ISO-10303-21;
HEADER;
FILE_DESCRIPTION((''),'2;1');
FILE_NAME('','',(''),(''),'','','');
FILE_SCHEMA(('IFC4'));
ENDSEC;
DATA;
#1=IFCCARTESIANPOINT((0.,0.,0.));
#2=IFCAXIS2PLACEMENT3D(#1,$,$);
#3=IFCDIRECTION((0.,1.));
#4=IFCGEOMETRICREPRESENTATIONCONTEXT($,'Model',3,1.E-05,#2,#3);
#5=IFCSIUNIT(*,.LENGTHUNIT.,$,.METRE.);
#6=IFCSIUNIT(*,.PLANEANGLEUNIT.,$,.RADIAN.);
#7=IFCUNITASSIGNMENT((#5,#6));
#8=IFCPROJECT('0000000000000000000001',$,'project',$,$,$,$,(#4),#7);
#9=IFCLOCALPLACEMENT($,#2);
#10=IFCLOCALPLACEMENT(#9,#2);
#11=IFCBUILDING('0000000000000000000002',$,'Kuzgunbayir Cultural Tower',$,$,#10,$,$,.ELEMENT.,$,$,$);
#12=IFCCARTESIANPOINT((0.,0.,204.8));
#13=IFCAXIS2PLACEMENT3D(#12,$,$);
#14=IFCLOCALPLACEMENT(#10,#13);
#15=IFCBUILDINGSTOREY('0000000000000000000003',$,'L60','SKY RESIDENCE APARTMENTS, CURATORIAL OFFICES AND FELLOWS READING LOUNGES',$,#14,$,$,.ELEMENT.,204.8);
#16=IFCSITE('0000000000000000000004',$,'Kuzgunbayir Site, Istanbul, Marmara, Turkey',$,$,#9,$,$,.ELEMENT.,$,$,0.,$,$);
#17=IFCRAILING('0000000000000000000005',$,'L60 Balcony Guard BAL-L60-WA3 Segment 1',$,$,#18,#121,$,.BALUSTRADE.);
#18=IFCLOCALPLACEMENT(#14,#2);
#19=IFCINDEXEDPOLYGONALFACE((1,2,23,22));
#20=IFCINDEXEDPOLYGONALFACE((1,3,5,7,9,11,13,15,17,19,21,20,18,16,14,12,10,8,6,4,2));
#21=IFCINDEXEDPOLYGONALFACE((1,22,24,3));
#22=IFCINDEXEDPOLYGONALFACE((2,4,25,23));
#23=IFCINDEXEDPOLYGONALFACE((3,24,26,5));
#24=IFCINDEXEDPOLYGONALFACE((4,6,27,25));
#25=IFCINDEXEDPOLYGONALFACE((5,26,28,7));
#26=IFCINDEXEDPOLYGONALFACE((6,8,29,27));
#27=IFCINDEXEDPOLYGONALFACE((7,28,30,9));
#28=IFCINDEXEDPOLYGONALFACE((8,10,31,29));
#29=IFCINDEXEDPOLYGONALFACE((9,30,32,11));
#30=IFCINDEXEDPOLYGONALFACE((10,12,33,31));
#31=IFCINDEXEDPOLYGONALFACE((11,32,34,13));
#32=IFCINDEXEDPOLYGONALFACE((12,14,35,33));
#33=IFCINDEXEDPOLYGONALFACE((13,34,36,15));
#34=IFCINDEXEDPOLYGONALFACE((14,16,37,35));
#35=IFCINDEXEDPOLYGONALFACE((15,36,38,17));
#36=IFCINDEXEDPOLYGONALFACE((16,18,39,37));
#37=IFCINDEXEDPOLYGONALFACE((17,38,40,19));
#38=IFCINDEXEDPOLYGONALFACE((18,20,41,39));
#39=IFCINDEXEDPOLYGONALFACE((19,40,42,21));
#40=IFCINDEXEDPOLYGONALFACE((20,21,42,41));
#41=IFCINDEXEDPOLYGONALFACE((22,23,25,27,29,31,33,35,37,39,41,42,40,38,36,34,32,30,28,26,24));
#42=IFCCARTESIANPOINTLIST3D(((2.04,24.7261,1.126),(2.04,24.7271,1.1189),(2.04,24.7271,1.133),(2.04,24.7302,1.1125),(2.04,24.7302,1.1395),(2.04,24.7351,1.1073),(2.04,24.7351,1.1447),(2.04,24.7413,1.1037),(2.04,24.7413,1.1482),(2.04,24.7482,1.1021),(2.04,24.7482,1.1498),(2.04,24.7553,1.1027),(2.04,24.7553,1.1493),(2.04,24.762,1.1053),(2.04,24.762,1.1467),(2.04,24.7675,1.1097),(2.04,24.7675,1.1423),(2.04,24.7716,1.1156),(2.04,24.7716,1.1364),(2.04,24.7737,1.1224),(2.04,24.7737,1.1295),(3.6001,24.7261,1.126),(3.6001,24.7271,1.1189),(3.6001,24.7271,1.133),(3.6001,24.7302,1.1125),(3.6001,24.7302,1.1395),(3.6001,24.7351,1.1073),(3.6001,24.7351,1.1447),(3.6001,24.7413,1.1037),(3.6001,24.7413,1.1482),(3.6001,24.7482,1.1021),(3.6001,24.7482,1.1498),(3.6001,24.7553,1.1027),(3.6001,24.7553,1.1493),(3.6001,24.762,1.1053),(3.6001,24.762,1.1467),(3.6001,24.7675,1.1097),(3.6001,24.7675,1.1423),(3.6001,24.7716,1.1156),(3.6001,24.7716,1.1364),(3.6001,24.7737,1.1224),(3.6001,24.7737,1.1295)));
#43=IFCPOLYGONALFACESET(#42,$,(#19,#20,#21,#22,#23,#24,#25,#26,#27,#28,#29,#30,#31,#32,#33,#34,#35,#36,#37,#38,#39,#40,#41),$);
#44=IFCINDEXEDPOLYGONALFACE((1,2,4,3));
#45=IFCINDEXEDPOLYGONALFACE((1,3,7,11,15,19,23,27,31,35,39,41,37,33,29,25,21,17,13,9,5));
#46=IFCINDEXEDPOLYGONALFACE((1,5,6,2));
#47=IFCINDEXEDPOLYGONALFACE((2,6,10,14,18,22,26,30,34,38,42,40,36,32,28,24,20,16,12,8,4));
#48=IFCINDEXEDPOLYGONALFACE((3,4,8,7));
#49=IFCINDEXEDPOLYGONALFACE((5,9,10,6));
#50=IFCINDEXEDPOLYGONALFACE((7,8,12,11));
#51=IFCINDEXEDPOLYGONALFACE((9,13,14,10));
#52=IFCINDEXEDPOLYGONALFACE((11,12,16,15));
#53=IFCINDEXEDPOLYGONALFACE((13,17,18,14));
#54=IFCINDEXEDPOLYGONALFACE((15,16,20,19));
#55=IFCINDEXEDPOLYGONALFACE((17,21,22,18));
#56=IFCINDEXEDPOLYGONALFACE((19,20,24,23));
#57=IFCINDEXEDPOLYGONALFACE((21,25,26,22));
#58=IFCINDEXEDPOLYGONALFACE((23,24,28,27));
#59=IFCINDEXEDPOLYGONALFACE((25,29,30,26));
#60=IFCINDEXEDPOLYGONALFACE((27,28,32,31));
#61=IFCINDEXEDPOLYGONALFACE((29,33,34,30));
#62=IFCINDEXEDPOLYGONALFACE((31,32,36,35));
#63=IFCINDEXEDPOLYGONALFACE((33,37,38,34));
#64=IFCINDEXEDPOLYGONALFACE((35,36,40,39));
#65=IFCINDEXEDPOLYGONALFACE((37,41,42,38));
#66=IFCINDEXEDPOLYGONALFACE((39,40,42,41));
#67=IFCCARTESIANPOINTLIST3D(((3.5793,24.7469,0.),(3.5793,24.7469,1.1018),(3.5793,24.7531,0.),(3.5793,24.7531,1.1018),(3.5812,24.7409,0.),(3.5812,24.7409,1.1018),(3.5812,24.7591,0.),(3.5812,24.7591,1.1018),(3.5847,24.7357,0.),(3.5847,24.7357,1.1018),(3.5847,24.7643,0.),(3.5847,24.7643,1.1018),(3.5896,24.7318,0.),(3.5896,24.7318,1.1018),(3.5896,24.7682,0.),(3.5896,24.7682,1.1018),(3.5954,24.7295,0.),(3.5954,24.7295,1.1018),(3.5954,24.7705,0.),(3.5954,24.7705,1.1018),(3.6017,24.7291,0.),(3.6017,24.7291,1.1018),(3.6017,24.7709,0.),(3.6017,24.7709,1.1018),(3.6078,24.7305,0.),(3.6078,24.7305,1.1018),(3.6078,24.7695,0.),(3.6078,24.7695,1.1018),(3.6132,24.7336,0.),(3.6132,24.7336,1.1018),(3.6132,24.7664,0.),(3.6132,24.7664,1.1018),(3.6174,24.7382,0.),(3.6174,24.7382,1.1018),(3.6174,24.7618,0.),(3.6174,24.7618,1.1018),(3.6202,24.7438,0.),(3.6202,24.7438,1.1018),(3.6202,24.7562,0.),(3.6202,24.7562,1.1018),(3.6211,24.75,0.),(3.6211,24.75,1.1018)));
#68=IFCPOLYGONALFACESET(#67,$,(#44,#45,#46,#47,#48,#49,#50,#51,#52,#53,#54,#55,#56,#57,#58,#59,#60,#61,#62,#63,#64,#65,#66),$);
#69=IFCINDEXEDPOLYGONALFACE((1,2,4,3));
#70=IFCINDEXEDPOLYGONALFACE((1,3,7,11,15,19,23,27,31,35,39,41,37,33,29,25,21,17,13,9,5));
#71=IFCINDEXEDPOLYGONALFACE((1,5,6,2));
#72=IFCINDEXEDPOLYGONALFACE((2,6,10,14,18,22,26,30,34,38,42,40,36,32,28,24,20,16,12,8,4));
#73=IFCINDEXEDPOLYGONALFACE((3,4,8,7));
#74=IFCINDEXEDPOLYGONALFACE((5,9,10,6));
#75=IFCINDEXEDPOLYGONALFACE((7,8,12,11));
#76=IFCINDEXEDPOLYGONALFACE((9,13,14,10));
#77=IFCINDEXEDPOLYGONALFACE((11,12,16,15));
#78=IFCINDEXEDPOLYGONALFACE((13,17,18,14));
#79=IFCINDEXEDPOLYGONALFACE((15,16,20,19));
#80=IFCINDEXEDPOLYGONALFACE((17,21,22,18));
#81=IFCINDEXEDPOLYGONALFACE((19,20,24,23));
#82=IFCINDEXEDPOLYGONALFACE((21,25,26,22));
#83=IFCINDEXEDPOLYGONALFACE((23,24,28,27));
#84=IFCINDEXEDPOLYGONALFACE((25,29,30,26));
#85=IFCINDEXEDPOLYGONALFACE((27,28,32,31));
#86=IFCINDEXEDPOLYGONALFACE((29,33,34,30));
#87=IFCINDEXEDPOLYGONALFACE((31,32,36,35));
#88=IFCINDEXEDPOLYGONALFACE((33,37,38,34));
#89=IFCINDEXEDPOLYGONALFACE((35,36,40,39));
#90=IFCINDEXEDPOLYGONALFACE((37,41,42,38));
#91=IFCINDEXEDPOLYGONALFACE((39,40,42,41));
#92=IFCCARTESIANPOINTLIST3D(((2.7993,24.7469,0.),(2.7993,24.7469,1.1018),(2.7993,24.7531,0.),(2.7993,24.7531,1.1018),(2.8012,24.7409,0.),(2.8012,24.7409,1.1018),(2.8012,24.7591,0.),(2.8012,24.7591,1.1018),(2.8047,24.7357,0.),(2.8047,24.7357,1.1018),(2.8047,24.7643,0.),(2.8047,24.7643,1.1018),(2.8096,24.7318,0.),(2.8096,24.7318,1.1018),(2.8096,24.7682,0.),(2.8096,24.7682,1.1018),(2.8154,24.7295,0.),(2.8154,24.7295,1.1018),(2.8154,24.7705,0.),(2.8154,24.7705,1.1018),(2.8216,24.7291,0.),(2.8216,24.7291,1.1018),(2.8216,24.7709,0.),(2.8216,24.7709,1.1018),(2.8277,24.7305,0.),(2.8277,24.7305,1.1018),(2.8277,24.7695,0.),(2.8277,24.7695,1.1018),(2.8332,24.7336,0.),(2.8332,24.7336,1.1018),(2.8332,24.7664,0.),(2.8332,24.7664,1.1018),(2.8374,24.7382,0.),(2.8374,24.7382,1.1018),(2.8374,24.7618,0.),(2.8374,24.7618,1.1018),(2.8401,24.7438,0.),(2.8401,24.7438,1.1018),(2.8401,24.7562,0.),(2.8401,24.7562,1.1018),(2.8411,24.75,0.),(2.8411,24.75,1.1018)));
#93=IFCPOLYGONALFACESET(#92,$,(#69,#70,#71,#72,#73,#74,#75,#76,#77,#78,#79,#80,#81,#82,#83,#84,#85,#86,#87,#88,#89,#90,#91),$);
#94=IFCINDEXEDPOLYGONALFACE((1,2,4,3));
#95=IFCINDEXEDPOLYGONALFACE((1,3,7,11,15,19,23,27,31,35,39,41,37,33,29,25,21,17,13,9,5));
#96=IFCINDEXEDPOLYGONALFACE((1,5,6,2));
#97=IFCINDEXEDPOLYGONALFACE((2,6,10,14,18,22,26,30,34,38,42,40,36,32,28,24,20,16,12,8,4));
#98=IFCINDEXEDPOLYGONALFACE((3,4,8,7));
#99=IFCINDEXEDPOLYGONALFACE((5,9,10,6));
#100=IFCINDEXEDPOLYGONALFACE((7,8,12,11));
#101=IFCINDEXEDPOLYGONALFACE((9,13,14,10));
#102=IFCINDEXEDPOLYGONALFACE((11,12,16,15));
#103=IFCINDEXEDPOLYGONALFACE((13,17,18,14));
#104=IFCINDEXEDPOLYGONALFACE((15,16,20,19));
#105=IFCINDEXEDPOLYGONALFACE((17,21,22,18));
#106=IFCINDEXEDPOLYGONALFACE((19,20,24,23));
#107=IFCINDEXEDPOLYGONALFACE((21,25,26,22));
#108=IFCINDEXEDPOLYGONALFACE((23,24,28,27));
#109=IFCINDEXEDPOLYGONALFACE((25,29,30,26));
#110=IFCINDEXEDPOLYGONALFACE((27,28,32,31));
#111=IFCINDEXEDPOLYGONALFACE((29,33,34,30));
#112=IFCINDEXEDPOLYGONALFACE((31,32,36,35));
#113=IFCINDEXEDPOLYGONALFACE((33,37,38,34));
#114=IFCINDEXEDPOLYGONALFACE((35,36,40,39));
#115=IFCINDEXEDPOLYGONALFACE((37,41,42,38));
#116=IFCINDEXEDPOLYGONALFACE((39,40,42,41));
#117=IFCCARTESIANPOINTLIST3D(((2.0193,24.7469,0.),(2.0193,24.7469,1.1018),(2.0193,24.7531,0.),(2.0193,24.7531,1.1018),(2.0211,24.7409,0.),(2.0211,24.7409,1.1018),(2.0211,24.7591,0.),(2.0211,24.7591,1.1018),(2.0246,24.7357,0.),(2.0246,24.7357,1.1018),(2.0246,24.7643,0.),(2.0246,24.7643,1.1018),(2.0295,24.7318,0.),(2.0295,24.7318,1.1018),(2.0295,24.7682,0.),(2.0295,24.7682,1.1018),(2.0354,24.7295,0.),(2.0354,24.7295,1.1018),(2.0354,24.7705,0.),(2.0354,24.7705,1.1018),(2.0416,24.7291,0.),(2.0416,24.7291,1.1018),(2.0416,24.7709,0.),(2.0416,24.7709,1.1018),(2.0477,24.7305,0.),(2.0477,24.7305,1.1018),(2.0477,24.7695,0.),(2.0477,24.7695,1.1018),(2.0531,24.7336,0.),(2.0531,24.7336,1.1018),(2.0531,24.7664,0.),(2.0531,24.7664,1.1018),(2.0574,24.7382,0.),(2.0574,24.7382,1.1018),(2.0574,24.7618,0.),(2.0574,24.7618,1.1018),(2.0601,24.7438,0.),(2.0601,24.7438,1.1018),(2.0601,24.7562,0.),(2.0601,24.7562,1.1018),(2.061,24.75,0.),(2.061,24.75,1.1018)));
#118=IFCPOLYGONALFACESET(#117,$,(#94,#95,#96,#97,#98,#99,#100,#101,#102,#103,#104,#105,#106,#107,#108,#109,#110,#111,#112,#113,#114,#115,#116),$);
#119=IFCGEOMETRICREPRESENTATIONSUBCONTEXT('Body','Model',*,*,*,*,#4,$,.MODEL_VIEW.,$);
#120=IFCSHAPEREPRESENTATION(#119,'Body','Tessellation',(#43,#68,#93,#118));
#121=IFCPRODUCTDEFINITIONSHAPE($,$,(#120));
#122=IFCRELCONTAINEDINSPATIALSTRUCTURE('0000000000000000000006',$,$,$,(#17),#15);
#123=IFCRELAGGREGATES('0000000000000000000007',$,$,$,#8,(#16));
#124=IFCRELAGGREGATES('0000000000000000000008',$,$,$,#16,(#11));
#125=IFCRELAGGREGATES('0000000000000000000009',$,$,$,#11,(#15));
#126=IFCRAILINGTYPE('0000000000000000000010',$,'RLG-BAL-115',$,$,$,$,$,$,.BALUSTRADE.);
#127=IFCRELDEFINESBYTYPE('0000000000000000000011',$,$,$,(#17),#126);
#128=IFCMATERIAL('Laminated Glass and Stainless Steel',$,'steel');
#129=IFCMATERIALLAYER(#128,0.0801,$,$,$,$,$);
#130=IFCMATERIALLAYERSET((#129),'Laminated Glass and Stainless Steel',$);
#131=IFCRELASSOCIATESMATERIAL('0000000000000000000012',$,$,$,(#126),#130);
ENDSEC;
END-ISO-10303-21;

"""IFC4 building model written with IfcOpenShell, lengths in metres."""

from ifc_helpers import new_model, si_unit, direction, frame, origin, origin_2d, place, context, subcontext, project, spatial, circle, extrude, material, layer, layer_set, type_object, element, save


model = new_model("IFC4")

# Units and contexts
model_context = context("Model", 3, precision=1e-05, world=origin(), true_north=direction((0.0, 1.0)))
body_context = subcontext(model_context, "Body", "Model", "MODEL_VIEW")
ifc_project = project(units=[si_unit("LENGTHUNIT", "METRE"), si_unit("PLANEANGLEUNIT", "RADIAN")], contexts=[model_context])

# Site, building, storey
site_placement = place(None, origin())
site = spatial("IfcSite", under=ifc_project, at=site_placement, Name="Kuzgunbayir Site, Istanbul, Marmara, Turkey", CompositionType="ELEMENT", RefElevation=0.0)
building_placement = place(site_placement, origin())
building = spatial("IfcBuilding", under=site, at=building_placement, Name="Kuzgunbayir Cultural Tower", CompositionType="ELEMENT")
storey_placement = place(building_placement, frame((0.0, 0.0, 204.8)))
storey = spatial("IfcBuildingStorey", under=building, at=storey_placement, Name="L60", Description="SKY RESIDENCE APARTMENTS, CURATORIAL OFFICES AND FELLOWS READING LOUNGES", CompositionType="ELEMENT", Elevation=204.8)

# Railing
ifc_material_1 = material(Name="Laminated Glass and Stainless Steel", Category="steel")
ifc_layer_1 = layer(ifc_material_1, 0.0801)
ifc_layer_set_1 = layer_set([ifc_layer_1], Name="Laminated Glass and Stainless Steel")
railing_type = type_object("IfcRailingType", Name="RLG-BAL-115", PredefinedType="BALUSTRADE", material=ifc_layer_set_1)
railing_1_placement = place(storey_placement, frame((3.6001, 24.75, 0.0)))
element("IfcRailing", 1, at=railing_1_placement, inside=storey, type_object=railing_type, Name="L60 Balcony Guard BAL-L60-WA3 Segment 1", PredefinedType="BALUSTRADE", context=body_context, shape_type="SweptSolid", body=[
    extrude(circle(Radius=0.0239, at=origin_2d()), frame((0.0, 0.0, 1.126), z_axis=(-1.0, 0.0, 0.0), x_axis=(0.0, -1.0, 0.0)), (0.0, 0.0, 1.0), 1.5601),
    extrude(circle(Radius=0.021, at=origin_2d()), origin(), (0.0, 0.0, 1.0), 1.1018),
    extrude(circle(Radius=0.021, at=origin_2d()), frame((-0.78, 0.0, 0.0)), (0.0, 0.0, 1.0), 1.1018),
    extrude(circle(Radius=0.021, at=origin_2d()), frame((-1.5601, 0.0, 0.0)), (0.0, 0.0, 1.0), 1.1018),
])

save(model, "model.ifc")
